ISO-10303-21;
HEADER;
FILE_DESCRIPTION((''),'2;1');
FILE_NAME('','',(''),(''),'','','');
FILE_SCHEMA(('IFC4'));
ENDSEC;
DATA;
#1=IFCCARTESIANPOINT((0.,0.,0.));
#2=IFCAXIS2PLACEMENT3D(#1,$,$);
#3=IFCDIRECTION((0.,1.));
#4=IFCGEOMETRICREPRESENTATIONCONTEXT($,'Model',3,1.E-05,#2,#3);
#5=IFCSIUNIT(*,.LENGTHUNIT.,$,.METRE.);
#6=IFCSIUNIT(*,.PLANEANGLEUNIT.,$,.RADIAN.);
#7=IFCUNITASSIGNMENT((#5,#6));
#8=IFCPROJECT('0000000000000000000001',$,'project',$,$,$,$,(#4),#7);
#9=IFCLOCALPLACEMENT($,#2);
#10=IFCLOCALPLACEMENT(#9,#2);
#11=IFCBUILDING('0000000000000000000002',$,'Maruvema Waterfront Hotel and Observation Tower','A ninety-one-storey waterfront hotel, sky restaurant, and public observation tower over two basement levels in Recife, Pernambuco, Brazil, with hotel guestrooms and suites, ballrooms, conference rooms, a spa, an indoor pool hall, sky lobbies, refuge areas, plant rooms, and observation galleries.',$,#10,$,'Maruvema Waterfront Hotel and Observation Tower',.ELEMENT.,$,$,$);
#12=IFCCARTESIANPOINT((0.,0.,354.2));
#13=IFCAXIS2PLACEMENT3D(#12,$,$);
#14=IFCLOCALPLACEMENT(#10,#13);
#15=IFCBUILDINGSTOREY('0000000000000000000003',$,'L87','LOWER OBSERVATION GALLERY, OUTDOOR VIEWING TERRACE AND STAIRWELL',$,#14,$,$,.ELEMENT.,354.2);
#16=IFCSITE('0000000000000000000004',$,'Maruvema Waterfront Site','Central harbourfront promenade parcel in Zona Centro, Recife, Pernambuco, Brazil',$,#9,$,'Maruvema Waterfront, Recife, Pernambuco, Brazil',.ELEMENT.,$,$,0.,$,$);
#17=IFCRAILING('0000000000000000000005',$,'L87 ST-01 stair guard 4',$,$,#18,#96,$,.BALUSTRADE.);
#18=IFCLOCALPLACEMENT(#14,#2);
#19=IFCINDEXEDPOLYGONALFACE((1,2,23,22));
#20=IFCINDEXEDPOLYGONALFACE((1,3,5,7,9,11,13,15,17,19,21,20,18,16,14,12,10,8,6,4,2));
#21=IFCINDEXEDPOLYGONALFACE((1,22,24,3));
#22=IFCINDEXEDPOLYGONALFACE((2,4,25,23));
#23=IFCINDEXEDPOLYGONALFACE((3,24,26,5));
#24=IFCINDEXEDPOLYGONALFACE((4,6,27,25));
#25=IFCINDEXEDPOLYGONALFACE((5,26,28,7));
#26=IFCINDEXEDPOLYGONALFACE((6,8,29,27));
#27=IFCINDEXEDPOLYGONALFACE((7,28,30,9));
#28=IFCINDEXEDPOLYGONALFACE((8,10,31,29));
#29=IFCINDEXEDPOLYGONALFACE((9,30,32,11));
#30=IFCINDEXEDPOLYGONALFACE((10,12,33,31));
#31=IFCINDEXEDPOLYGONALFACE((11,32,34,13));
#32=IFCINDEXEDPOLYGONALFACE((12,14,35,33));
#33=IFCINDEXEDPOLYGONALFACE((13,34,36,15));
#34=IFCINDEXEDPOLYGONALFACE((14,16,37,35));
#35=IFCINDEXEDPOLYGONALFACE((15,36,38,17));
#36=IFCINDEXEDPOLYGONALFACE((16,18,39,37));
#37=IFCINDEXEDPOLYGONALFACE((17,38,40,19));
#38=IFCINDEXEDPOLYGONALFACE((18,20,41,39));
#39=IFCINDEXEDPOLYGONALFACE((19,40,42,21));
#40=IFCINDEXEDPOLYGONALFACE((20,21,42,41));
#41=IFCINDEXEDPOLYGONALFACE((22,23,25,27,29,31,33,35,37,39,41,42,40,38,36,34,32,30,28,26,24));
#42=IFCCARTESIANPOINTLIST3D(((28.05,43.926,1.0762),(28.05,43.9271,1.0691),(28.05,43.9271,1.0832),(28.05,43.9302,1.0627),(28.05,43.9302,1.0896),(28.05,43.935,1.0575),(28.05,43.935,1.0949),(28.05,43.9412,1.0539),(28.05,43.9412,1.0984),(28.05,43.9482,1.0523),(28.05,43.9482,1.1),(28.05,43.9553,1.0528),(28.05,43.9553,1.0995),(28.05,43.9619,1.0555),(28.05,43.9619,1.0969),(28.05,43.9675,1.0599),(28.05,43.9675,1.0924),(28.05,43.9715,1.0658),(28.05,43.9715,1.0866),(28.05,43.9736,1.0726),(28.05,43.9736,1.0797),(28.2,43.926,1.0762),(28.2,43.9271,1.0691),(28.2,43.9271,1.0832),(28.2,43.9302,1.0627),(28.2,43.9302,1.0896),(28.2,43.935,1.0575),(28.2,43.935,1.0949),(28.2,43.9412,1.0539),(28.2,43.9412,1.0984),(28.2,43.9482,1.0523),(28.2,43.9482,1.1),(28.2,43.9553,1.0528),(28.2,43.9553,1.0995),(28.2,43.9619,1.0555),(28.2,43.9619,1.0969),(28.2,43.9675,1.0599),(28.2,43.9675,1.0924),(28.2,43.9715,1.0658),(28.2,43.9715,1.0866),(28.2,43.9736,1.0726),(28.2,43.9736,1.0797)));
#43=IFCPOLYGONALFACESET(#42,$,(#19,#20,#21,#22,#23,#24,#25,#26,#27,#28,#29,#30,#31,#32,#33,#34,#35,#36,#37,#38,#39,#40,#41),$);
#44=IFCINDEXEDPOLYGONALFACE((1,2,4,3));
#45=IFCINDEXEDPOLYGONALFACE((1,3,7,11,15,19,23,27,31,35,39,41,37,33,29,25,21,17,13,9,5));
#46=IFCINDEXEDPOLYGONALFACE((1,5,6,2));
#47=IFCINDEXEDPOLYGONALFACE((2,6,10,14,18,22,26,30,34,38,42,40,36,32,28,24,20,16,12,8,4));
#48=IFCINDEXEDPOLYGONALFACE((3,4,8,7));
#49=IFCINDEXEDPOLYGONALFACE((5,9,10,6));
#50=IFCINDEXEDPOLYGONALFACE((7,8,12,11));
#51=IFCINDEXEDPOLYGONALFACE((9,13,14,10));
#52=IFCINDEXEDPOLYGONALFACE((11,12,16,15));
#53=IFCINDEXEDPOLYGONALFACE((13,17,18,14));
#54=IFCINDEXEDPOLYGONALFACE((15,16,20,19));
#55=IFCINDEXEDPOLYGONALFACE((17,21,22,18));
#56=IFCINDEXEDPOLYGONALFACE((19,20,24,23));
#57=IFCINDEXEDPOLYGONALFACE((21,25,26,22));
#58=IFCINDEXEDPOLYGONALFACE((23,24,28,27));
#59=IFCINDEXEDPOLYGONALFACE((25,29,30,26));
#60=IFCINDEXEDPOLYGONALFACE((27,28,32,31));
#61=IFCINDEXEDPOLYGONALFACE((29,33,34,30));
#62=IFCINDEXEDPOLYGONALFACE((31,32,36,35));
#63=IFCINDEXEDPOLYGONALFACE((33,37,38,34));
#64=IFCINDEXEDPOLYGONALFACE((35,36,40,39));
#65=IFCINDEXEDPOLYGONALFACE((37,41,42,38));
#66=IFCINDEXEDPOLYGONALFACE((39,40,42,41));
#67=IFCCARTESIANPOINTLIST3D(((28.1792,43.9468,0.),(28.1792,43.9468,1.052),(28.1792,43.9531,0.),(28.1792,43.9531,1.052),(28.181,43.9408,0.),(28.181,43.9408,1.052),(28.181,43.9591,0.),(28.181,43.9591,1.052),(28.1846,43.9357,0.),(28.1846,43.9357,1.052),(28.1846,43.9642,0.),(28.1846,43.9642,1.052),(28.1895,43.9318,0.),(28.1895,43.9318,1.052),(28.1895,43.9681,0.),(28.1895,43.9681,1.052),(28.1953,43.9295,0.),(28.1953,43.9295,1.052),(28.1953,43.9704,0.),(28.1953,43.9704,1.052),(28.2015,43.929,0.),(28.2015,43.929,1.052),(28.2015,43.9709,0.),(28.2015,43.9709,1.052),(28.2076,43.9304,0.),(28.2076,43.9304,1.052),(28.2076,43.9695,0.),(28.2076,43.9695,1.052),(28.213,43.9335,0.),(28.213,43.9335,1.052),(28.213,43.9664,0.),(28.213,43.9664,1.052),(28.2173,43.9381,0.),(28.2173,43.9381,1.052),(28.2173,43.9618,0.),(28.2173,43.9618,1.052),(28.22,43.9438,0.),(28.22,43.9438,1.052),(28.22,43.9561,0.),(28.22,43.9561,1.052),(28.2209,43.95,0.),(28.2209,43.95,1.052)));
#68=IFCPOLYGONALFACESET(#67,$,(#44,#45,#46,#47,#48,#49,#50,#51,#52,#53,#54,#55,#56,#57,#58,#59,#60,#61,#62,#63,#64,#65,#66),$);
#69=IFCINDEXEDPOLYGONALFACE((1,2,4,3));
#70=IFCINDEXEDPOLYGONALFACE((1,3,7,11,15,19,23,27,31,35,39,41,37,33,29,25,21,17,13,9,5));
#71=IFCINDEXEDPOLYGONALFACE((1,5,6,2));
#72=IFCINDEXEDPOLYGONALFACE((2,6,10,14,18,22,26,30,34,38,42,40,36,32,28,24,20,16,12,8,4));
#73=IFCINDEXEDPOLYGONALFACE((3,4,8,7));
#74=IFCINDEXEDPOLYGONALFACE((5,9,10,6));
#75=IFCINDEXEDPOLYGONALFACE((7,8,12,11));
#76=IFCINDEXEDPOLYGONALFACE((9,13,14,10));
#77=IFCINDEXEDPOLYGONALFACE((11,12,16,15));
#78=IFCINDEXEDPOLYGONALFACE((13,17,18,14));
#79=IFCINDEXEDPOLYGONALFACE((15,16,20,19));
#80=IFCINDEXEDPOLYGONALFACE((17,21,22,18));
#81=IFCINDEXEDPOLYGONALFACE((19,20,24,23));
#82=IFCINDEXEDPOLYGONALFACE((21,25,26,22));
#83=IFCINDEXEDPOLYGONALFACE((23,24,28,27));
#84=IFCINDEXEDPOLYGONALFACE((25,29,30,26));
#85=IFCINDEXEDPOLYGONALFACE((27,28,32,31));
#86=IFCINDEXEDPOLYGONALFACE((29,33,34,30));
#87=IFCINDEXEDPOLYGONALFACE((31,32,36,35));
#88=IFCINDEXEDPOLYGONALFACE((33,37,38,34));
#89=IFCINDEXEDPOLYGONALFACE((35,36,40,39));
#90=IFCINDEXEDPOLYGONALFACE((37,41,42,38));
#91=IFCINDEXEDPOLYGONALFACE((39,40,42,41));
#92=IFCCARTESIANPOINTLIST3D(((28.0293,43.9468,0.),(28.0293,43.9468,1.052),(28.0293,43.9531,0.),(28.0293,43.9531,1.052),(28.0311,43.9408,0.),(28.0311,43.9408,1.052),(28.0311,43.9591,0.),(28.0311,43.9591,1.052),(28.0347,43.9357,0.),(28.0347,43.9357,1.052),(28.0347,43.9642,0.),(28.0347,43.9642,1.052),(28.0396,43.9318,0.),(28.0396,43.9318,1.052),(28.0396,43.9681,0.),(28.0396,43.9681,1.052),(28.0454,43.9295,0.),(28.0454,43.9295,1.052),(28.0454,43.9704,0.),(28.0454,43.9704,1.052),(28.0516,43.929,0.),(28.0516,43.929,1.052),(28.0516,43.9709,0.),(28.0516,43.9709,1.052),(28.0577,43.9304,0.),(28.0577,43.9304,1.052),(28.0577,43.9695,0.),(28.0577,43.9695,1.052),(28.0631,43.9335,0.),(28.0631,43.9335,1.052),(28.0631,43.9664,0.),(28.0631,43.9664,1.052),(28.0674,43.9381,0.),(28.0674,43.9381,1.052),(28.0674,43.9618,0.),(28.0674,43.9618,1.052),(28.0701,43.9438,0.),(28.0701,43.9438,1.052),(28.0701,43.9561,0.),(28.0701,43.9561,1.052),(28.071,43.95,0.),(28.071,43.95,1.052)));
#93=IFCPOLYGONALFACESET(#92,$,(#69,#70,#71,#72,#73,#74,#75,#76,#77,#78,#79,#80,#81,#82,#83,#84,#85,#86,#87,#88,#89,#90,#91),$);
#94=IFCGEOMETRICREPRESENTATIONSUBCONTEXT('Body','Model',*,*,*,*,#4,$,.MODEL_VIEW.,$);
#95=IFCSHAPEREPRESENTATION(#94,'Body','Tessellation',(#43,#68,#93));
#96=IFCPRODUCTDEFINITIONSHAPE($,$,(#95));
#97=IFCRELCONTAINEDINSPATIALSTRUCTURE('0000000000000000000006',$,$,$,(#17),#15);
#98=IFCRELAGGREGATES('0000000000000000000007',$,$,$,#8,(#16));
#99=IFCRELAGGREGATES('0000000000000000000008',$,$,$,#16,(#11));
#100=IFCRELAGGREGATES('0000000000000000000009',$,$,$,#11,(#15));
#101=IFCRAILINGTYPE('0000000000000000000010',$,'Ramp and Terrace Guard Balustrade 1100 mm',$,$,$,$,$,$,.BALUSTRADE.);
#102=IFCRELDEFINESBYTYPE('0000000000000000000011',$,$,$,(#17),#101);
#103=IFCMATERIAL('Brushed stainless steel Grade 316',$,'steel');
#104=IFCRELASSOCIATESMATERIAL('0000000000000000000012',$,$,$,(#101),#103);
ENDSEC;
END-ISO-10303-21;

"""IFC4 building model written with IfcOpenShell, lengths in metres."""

from ifc_helpers import new_model, si_unit, direction, frame, origin, origin_2d, place, context, subcontext, project, spatial, circle, extrude, material, type_object, element, save


model = new_model("IFC4")

# Units and contexts
model_context = context("Model", 3, precision=1e-05, world=origin(), true_north=direction((0.0, 1.0)))
body_context = subcontext(model_context, "Body", "Model", "MODEL_VIEW")
ifc_project = project(units=[si_unit("LENGTHUNIT", "METRE"), si_unit("PLANEANGLEUNIT", "RADIAN")], contexts=[model_context])

# Site, building, storey
site_placement = place(None, origin())
site = spatial("IfcSite", under=ifc_project, at=site_placement, Name="Maruvema Waterfront Site", Description="Central harbourfront promenade parcel in Zona Centro, Recife, Pernambuco, Brazil", LongName="Maruvema Waterfront, Recife, Pernambuco, Brazil", CompositionType="ELEMENT", RefElevation=0.0)
building_placement = place(site_placement, origin())
building = spatial("IfcBuilding", under=site, at=building_placement, Name="Maruvema Waterfront Hotel and Observation Tower", Description="A ninety-one-storey waterfront hotel, sky restaurant, and public observation tower over two basement levels in Recife, Pernambuco, Brazil, with hotel guestrooms and suites, ballrooms, conference rooms, a spa, an indoor pool hall, sky lobbies, refuge areas, plant rooms, and observation galleries.", LongName="Maruvema Waterfront Hotel and Observation Tower", CompositionType="ELEMENT")
storey_placement = place(building_placement, frame((0.0, 0.0, 354.2)))
storey = spatial("IfcBuildingStorey", under=building, at=storey_placement, Name="L87", Description="LOWER OBSERVATION GALLERY, OUTDOOR VIEWING TERRACE AND STAIRWELL", CompositionType="ELEMENT", Elevation=354.2)

# Railing
ifc_material_1 = material(Name="Brushed stainless steel Grade 316", Category="steel")
railing_type_1 = type_object("IfcRailingType", Name="Ramp and Terrace Guard Balustrade 1100 mm", PredefinedType="BALUSTRADE", material=ifc_material_1)
railing_1_placement = place(storey_placement, frame((28.2, 43.95, 0.0)))
element("IfcRailing", 1, at=railing_1_placement, inside=storey, type_object=railing_type_1, Name="L87 ST-01 stair guard 4", PredefinedType="BALUSTRADE", context=body_context, shape_type="SweptSolid", body=[
    extrude(circle(Radius=0.0239, at=origin_2d()), frame((0.0, 0.0, 1.0762), z_axis=(-1.0, 0.0, 0.0), x_axis=(0.0, -1.0, 0.0)), (0.0, 0.0, 1.0), 0.1499),
    extrude(circle(Radius=0.021, at=origin_2d()), origin(), (0.0, 0.0, 1.0), 1.052),
    extrude(circle(Radius=0.021, at=origin_2d()), frame((-0.1499, 0.0, 0.0)), (0.0, 0.0, 1.0), 1.052),
])

save(model, "model.ifc")
